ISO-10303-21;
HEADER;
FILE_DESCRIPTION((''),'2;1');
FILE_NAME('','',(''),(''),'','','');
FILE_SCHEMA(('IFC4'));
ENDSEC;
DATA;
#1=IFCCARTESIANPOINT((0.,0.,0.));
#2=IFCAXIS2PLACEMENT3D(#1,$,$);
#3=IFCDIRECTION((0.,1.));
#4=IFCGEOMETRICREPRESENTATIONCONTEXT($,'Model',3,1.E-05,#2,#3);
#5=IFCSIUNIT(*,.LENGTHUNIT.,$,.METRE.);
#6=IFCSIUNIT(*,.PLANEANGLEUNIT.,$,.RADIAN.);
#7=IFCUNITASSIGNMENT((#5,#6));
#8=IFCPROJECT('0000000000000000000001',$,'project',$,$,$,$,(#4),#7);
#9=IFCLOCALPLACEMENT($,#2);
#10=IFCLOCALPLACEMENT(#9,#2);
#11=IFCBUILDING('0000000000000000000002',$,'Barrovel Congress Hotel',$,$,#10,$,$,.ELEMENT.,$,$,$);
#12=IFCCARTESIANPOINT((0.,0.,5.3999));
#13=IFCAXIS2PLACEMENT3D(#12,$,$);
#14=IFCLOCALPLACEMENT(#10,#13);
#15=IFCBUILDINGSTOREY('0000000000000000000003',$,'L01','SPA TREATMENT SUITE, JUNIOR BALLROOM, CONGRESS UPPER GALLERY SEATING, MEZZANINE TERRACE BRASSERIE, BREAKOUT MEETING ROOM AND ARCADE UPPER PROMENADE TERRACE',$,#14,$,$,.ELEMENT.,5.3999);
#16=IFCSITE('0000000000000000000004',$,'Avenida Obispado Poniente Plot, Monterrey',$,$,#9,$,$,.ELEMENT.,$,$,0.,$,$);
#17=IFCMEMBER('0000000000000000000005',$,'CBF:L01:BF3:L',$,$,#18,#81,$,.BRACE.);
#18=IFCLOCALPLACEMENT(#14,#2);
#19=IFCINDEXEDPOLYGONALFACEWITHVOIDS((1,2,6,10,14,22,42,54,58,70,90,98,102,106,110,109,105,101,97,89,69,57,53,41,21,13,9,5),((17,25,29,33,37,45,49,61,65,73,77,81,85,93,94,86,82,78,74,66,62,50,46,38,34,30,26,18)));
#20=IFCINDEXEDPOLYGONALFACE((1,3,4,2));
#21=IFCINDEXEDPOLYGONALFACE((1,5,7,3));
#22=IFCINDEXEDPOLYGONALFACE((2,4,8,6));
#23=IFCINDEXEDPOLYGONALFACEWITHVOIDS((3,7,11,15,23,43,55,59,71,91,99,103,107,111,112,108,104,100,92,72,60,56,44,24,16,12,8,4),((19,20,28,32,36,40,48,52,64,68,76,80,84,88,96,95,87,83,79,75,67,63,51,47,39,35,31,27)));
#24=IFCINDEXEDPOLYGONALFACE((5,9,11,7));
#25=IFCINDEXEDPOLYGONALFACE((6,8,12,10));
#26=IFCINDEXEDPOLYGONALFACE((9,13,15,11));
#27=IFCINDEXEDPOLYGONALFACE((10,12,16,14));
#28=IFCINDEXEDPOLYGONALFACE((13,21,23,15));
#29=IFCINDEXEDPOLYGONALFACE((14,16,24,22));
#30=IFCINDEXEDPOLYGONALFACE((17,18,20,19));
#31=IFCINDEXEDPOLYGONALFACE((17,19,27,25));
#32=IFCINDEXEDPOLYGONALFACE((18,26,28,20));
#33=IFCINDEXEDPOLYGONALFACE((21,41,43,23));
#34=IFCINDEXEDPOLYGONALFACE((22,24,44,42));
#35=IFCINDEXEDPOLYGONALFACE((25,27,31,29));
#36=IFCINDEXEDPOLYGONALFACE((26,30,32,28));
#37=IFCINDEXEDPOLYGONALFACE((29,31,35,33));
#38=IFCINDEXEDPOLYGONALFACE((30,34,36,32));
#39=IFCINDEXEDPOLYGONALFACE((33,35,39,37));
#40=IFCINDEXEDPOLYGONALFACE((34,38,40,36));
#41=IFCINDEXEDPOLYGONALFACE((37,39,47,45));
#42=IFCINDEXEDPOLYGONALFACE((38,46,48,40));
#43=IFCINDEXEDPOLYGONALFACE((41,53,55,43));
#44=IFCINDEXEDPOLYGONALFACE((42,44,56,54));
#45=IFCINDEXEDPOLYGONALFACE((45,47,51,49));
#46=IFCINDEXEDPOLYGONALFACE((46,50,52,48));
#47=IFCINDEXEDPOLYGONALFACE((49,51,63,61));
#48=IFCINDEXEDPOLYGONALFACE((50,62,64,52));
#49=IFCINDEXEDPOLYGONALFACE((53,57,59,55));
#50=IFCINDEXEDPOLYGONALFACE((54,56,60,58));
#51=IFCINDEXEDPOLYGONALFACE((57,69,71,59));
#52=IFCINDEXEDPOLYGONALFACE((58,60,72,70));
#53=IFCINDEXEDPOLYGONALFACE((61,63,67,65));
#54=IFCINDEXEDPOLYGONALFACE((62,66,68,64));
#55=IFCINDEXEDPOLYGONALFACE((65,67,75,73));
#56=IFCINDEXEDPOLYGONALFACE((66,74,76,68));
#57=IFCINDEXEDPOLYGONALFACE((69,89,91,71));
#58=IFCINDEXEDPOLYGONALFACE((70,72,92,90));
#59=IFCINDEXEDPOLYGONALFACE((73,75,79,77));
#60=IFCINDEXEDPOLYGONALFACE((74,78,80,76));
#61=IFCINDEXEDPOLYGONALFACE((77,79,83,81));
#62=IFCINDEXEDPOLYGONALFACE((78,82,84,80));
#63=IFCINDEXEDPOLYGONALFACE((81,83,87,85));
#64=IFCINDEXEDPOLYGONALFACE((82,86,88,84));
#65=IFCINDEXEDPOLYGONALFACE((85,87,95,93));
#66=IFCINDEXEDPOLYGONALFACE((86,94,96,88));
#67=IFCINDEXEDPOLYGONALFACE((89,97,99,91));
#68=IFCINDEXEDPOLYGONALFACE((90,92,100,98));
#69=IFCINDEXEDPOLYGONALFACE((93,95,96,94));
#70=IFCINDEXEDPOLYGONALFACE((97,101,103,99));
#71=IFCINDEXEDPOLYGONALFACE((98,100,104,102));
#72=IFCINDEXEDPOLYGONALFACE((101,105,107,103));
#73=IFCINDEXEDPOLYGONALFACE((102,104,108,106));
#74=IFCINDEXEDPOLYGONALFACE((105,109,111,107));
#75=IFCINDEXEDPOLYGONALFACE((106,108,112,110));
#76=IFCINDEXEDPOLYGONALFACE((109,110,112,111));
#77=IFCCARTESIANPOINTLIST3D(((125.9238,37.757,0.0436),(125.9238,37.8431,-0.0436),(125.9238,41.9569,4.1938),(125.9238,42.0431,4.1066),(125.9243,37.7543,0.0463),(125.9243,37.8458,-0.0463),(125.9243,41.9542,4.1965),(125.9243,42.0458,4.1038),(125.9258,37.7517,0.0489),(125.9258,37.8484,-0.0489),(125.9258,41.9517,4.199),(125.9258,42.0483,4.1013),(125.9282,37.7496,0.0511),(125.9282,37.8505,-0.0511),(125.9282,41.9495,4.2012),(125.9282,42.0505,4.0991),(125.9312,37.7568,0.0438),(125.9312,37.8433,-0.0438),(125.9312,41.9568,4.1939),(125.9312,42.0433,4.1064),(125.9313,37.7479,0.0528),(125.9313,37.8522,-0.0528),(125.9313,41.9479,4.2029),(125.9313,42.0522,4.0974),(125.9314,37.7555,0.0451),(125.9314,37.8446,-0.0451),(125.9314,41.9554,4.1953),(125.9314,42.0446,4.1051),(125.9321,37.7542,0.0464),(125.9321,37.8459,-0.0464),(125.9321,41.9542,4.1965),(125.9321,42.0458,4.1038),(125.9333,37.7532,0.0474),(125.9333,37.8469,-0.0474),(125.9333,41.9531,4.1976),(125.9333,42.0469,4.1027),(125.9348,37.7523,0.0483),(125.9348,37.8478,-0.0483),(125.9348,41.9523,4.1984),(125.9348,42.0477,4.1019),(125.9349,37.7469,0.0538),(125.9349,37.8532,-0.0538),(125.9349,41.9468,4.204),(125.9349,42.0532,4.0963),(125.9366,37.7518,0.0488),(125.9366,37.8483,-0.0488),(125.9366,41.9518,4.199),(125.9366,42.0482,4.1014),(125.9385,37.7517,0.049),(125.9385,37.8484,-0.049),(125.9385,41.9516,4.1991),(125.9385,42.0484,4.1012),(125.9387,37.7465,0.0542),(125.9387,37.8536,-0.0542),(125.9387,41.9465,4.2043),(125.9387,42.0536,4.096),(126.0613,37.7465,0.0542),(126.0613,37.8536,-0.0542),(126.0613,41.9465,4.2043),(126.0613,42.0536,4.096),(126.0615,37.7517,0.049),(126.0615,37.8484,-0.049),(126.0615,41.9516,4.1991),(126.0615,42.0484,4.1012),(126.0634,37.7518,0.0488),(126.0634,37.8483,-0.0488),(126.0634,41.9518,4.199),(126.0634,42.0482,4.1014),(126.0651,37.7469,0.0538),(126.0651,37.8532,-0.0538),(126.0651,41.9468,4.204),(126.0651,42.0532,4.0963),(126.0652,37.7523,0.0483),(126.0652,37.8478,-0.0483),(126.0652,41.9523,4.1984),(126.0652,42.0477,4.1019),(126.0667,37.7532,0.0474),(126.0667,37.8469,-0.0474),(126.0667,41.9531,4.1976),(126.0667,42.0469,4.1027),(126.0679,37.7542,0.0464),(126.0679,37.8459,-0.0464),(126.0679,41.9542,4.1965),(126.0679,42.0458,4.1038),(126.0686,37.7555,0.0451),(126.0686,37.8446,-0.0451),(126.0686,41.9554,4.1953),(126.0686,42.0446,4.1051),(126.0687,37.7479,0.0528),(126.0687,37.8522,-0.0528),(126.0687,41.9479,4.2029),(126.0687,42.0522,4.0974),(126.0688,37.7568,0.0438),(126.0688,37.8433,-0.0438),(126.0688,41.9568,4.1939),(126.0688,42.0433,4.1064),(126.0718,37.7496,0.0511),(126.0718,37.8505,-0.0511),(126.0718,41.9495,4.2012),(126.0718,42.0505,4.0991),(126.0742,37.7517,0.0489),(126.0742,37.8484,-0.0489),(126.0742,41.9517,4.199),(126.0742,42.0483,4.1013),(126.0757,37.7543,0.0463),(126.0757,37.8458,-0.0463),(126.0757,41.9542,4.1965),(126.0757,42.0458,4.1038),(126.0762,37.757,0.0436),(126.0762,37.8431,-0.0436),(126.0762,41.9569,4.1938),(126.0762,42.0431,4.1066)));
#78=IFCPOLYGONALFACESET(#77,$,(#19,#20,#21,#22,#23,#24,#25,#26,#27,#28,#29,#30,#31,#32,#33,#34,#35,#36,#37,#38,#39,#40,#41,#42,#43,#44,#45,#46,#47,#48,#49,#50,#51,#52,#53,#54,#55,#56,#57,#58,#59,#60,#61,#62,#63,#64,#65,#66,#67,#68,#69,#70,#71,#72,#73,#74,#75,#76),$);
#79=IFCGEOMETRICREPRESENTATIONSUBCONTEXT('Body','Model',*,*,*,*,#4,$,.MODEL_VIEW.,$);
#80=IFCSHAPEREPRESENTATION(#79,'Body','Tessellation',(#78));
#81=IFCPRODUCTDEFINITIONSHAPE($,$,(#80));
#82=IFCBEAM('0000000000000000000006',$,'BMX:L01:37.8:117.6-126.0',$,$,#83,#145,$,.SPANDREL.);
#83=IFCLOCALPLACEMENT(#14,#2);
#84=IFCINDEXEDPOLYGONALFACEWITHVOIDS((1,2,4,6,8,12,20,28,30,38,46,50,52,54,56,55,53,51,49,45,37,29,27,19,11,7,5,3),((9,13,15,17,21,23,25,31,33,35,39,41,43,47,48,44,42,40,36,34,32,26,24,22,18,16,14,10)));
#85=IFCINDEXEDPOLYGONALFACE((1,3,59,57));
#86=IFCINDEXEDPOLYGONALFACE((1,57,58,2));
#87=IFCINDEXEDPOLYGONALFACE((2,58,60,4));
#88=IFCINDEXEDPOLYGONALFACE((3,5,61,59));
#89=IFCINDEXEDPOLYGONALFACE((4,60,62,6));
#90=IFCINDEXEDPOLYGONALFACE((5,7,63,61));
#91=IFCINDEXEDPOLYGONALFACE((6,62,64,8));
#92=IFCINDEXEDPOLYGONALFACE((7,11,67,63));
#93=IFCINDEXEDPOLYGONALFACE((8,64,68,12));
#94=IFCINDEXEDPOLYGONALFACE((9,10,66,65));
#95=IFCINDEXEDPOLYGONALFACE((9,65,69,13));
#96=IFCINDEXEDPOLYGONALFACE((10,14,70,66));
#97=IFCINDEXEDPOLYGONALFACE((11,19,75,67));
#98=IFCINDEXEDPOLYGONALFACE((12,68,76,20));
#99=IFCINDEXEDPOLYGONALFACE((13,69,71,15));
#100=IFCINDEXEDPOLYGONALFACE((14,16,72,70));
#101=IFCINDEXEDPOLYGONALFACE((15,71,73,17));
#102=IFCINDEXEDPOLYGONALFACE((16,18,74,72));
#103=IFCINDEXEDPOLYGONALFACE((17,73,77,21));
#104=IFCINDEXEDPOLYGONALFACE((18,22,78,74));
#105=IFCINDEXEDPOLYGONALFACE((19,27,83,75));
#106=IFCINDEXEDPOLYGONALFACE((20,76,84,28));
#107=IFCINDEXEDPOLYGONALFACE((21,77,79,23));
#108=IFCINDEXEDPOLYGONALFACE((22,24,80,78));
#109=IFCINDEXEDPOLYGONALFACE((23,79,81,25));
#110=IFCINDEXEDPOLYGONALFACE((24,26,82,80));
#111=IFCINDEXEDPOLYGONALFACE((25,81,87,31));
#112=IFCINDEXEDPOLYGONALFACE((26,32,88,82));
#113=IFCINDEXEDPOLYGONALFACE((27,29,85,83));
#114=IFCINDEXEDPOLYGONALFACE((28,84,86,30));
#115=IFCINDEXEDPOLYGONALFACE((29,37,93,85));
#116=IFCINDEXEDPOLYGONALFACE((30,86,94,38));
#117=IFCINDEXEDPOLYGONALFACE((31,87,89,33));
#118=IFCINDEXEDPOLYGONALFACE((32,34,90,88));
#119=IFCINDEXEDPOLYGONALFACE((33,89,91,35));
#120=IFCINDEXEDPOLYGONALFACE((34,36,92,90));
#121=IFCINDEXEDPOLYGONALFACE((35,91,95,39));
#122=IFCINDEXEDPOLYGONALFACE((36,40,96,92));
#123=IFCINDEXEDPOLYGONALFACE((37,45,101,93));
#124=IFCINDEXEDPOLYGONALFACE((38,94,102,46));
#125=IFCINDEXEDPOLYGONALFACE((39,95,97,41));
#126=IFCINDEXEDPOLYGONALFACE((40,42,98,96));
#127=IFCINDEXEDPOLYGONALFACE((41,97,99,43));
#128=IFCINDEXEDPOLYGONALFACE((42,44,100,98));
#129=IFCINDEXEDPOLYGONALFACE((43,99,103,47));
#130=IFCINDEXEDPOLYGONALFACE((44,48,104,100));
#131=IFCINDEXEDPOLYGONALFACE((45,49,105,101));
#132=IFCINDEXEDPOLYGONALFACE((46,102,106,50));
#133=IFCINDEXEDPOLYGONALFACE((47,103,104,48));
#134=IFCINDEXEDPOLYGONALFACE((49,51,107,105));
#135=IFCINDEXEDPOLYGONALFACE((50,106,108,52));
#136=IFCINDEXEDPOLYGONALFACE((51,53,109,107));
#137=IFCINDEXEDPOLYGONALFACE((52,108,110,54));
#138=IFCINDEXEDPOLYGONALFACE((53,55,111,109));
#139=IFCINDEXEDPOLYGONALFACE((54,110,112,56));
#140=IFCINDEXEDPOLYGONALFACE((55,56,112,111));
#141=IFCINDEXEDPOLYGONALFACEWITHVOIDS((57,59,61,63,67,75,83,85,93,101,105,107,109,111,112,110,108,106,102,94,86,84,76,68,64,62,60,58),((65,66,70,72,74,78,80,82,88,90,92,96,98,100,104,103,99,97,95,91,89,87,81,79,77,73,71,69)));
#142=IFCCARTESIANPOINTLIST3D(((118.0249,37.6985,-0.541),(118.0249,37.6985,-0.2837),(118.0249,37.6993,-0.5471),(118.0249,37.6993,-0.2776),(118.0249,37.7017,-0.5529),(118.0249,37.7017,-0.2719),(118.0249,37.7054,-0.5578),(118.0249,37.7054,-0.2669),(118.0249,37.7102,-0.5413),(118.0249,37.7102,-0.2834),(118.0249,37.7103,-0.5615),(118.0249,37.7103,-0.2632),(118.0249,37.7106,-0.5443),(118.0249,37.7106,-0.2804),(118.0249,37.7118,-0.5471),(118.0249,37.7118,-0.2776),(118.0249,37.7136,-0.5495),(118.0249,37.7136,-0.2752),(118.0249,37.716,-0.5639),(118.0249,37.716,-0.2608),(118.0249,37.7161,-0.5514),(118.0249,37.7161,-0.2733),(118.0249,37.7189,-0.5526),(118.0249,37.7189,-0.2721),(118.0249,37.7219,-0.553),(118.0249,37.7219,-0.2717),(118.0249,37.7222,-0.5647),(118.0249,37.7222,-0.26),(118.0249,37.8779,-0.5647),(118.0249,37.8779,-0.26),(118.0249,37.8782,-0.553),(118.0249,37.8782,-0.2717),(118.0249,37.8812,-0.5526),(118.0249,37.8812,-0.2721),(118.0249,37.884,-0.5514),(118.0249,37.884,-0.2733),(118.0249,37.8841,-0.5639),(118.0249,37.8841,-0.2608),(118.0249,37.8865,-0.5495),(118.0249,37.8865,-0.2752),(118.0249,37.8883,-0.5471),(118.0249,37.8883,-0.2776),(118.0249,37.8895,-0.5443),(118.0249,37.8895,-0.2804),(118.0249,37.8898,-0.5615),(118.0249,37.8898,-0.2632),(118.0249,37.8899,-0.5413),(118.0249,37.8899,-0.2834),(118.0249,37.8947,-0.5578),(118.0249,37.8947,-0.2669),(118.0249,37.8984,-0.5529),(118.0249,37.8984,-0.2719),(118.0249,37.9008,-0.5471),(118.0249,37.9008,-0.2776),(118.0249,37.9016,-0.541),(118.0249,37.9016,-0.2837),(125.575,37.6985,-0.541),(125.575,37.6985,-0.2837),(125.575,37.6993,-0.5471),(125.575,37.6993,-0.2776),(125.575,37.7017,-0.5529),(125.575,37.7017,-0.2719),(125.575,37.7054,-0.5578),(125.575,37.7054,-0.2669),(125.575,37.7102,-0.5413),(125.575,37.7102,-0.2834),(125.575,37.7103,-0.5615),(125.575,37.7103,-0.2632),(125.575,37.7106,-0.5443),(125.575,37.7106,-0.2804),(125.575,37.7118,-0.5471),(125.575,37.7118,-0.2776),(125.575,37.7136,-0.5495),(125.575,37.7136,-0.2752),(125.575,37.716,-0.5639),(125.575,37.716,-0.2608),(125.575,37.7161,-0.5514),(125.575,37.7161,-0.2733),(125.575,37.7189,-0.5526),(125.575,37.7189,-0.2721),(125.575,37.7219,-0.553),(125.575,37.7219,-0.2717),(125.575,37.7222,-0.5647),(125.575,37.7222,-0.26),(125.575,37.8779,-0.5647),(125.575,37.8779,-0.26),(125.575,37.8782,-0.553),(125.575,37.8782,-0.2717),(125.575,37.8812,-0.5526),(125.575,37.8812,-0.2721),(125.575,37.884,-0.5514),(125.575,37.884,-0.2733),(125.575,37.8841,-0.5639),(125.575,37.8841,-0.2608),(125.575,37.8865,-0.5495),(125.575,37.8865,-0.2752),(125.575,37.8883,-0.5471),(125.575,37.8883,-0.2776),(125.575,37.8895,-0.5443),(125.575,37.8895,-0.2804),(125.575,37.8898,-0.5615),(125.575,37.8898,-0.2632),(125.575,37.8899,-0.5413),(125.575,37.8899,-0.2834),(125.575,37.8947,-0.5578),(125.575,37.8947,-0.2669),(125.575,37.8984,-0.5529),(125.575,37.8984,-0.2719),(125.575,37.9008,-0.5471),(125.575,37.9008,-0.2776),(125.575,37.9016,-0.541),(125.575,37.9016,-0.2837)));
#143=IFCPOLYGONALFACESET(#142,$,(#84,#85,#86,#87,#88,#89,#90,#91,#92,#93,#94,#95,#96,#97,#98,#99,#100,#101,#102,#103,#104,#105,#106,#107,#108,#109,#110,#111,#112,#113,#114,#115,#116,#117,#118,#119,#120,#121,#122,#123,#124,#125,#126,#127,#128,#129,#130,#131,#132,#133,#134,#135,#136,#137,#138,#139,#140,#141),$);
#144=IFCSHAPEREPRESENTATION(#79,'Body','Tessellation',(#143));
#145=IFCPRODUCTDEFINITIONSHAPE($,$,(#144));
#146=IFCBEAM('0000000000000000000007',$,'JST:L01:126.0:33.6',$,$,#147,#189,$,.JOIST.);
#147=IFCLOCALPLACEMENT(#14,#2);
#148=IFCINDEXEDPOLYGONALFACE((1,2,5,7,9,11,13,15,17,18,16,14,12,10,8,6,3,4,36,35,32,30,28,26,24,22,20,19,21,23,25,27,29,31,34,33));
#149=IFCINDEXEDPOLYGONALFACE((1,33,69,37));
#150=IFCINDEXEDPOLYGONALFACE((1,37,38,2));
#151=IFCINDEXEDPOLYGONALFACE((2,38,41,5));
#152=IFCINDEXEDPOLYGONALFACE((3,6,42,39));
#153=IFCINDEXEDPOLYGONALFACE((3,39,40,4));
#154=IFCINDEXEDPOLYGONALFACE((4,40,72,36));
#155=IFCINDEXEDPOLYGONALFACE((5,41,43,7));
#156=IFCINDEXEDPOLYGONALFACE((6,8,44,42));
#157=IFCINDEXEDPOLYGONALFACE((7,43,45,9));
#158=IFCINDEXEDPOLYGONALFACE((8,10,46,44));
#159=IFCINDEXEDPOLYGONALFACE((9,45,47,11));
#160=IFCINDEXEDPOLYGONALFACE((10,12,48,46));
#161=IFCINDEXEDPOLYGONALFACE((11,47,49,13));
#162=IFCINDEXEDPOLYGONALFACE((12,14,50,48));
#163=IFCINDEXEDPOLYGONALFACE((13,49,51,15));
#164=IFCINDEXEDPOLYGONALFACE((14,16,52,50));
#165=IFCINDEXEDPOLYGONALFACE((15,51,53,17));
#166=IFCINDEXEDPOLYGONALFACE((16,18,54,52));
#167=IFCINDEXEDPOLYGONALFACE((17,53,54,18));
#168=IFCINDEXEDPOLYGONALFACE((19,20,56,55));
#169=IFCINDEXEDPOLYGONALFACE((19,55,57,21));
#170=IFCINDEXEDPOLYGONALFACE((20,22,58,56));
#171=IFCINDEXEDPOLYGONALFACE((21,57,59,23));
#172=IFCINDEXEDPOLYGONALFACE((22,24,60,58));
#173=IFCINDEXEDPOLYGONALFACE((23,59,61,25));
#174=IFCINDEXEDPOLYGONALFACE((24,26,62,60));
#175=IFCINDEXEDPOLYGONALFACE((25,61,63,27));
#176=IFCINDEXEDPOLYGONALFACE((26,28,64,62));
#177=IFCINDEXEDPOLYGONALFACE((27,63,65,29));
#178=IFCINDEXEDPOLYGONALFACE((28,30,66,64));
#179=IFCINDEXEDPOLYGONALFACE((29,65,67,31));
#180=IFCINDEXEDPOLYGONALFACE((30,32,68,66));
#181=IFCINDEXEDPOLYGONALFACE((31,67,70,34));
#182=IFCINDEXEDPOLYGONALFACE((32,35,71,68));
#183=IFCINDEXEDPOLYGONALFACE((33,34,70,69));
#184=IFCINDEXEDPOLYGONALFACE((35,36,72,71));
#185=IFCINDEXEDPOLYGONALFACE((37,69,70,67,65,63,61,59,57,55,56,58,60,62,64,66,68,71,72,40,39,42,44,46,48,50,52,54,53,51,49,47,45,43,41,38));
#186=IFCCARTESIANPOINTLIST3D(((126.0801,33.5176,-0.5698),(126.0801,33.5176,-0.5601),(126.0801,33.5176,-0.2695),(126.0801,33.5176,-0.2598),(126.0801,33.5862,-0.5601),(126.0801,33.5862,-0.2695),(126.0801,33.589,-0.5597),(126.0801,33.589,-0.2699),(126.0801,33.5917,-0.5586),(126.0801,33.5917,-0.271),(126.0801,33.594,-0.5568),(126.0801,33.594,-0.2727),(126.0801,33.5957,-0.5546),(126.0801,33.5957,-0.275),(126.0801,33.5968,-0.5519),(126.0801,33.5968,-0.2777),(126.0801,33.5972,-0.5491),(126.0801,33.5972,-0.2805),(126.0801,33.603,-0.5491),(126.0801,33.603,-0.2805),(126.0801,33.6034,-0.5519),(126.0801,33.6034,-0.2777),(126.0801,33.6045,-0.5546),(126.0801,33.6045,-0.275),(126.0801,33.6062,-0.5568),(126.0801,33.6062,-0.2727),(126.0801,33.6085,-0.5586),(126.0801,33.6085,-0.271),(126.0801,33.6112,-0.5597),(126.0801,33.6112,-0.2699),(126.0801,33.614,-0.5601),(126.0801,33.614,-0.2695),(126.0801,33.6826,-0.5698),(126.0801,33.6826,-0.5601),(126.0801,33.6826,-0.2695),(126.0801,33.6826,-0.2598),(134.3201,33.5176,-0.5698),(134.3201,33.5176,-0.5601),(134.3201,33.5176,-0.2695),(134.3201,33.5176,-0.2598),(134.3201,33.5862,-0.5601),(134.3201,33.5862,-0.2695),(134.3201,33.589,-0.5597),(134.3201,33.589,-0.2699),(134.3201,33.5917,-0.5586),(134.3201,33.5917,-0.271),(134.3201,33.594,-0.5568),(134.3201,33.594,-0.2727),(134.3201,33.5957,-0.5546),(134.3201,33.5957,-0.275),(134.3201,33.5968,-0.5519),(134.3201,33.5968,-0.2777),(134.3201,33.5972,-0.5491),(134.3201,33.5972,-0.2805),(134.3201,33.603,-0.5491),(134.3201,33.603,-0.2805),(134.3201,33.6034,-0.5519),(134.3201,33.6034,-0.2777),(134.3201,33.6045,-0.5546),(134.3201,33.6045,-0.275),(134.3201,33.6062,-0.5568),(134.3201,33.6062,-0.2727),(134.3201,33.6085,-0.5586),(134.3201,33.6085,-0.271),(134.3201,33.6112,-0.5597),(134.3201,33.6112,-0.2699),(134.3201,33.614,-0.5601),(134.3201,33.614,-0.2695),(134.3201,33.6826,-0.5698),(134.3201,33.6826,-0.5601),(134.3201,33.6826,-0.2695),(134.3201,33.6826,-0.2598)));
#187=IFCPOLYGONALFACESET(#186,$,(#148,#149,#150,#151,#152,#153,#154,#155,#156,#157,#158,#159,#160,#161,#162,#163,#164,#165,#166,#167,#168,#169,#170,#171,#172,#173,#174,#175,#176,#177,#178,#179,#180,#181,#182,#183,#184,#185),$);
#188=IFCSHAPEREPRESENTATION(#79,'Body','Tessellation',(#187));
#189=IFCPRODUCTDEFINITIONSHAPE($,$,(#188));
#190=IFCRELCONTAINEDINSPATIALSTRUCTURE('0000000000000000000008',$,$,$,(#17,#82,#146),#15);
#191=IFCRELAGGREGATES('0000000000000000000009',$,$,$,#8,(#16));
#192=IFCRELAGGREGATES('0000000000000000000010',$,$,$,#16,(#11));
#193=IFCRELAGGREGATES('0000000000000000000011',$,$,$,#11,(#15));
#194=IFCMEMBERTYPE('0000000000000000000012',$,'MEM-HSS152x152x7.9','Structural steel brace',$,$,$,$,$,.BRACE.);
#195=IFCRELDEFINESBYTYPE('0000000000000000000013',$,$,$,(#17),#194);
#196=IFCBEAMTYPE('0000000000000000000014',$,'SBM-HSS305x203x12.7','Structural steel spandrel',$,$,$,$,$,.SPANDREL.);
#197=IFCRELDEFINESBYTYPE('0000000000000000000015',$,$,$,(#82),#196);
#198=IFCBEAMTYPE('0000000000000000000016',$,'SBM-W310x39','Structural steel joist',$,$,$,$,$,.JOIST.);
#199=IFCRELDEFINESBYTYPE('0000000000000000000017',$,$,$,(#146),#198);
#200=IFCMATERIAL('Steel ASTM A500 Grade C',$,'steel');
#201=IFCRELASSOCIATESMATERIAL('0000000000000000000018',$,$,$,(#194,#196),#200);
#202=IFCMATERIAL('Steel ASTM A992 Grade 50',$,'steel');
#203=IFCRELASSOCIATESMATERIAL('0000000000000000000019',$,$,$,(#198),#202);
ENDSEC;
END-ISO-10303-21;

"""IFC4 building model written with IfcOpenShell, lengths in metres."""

from ifc_helpers import new_model, si_unit, direction, frame, origin, origin_2d, place, context, subcontext, project, spatial, hollow_rectangle, i_section, extrude, material, material_profile, profile_set, type_object, element, save


model = new_model("IFC4")

# Units and contexts
model_context = context("Model", 3, precision=1e-05, world=origin(), true_north=direction((0.0, 1.0)))
body_context = subcontext(model_context, "Body", "Model", "MODEL_VIEW")
ifc_project = project(units=[si_unit("LENGTHUNIT", "METRE"), si_unit("PLANEANGLEUNIT", "RADIAN")], contexts=[model_context])

# Site, building, storey
site_placement = place(None, origin())
site = spatial("IfcSite", under=ifc_project, at=site_placement, Name="Avenida Obispado Poniente Plot, Monterrey", CompositionType="ELEMENT", RefElevation=0.0)
building_placement = place(site_placement, origin())
building = spatial("IfcBuilding", under=site, at=building_placement, Name="Barrovel Congress Hotel", CompositionType="ELEMENT")
storey_placement = place(building_placement, frame((0.0, 0.0, 5.3999)))
storey = spatial("IfcBuildingStorey", under=building, at=storey_placement, Name="L01", Description="SPA TREATMENT SUITE, JUNIOR BALLROOM, CONGRESS UPPER GALLERY SEATING, MEZZANINE TERRACE BRASSERIE, BREAKOUT MEETING ROOM AND ARCADE UPPER PROMENADE TERRACE", CompositionType="ELEMENT", Elevation=5.3999)

# Member
ifc_material_1 = material(Name="Steel ASTM A500 Grade C", Category="steel")
ifc_material_profile_1 = material_profile(ifc_material_1, hollow_rectangle(XDim=0.1523, YDim=0.1523, WallThickness=0.0073, InnerFilletRadius=0.0073, OuterFilletRadius=0.0149, at=origin_2d()), Name="HSS152x152x7.9")
ifc_profile_set_1 = profile_set([ifc_material_profile_1], Name="Steel ASTM A500 Grade C")
member_type_1 = type_object("IfcMemberType", Name="MEM-HSS152x152x7.9", Description="Structural steel brace", PredefinedType="BRACE", material=ifc_profile_set_1)
member_1_placement = place(storey_placement, frame((126.0, 37.8, 0.0), z_axis=(0.0, 0.711312, 0.702877), x_axis=(-1.0, 0.0, 0.0)))
element("IfcMember", 1, at=member_1_placement, inside=storey, type_object=member_type_1, Name="CBF:L01:BF3:L", PredefinedType="BRACE", context=body_context, shape_type="SweptSolid", body=[
    extrude(hollow_rectangle(XDim=0.1523, YDim=0.1523, WallThickness=0.0073, InnerFilletRadius=0.0073, OuterFilletRadius=0.0149, at=origin_2d()), origin(), (0.0, 0.0, 1.0), 5.9045),
])

# Beams
ifc_material_profile_2 = material_profile(ifc_material_1, hollow_rectangle(XDim=0.2031, YDim=0.3047, WallThickness=0.0117, InnerFilletRadius=0.0117, OuterFilletRadius=0.0237, at=origin_2d()), Name="HSS305x203x12.7")
ifc_profile_set_2 = profile_set([ifc_material_profile_2], Name="Steel ASTM A500 Grade C")
beam_type_1 = type_object("IfcBeamType", Name="SBM-HSS305x203x12.7", Description="Structural steel spandrel", PredefinedType="SPANDREL", material=ifc_profile_set_2)
beam_1_placement = place(storey_placement, frame((118.0249, 37.8, -0.4124), z_axis=(1.0, 0.0, 0.0), x_axis=(0.0, 1.0, 0.0)))
element("IfcBeam", 2, at=beam_1_placement, inside=storey, type_object=beam_type_1, Name="BMX:L01:37.8:117.6-126.0", PredefinedType="SPANDREL", context=body_context, shape_type="SweptSolid", body=[
    extrude(hollow_rectangle(XDim=0.2031, YDim=0.3047, WallThickness=0.0117, InnerFilletRadius=0.0117, OuterFilletRadius=0.0237, at=origin_2d()), origin(), (0.0, 0.0, 1.0), 7.55),
])
ifc_material_2 = material(Name="Steel ASTM A992 Grade 50", Category="steel")
ifc_material_profile_3 = material_profile(ifc_material_2, i_section(OverallWidth=0.165, OverallDepth=0.3101, WebThickness=0.0059, FlangeThickness=0.0098, FilletRadius=0.011, at=origin_2d()), Name="W310x39")
ifc_profile_set_3 = profile_set([ifc_material_profile_3], Name="Steel ASTM A992 Grade 50")
beam_type_2 = type_object("IfcBeamType", Name="SBM-W310x39", Description="Structural steel joist", PredefinedType="JOIST", material=ifc_profile_set_3)
beam_2_placement = place(storey_placement, frame((126.0801, 33.6001, -0.4148), z_axis=(1.0, 0.0, 0.0), x_axis=(0.0, 1.0, 0.0)))
element("IfcBeam", 3, at=beam_2_placement, inside=storey, type_object=beam_type_2, Name="JST:L01:126.0:33.6", PredefinedType="JOIST", context=body_context, shape_type="SweptSolid", body=[
    extrude(i_section(OverallWidth=0.165, OverallDepth=0.3101, WebThickness=0.0059, FlangeThickness=0.0098, FilletRadius=0.011, at=origin_2d()), origin(), (0.0, 0.0, 1.0), 8.24),
])

save(model, "model.ifc")
